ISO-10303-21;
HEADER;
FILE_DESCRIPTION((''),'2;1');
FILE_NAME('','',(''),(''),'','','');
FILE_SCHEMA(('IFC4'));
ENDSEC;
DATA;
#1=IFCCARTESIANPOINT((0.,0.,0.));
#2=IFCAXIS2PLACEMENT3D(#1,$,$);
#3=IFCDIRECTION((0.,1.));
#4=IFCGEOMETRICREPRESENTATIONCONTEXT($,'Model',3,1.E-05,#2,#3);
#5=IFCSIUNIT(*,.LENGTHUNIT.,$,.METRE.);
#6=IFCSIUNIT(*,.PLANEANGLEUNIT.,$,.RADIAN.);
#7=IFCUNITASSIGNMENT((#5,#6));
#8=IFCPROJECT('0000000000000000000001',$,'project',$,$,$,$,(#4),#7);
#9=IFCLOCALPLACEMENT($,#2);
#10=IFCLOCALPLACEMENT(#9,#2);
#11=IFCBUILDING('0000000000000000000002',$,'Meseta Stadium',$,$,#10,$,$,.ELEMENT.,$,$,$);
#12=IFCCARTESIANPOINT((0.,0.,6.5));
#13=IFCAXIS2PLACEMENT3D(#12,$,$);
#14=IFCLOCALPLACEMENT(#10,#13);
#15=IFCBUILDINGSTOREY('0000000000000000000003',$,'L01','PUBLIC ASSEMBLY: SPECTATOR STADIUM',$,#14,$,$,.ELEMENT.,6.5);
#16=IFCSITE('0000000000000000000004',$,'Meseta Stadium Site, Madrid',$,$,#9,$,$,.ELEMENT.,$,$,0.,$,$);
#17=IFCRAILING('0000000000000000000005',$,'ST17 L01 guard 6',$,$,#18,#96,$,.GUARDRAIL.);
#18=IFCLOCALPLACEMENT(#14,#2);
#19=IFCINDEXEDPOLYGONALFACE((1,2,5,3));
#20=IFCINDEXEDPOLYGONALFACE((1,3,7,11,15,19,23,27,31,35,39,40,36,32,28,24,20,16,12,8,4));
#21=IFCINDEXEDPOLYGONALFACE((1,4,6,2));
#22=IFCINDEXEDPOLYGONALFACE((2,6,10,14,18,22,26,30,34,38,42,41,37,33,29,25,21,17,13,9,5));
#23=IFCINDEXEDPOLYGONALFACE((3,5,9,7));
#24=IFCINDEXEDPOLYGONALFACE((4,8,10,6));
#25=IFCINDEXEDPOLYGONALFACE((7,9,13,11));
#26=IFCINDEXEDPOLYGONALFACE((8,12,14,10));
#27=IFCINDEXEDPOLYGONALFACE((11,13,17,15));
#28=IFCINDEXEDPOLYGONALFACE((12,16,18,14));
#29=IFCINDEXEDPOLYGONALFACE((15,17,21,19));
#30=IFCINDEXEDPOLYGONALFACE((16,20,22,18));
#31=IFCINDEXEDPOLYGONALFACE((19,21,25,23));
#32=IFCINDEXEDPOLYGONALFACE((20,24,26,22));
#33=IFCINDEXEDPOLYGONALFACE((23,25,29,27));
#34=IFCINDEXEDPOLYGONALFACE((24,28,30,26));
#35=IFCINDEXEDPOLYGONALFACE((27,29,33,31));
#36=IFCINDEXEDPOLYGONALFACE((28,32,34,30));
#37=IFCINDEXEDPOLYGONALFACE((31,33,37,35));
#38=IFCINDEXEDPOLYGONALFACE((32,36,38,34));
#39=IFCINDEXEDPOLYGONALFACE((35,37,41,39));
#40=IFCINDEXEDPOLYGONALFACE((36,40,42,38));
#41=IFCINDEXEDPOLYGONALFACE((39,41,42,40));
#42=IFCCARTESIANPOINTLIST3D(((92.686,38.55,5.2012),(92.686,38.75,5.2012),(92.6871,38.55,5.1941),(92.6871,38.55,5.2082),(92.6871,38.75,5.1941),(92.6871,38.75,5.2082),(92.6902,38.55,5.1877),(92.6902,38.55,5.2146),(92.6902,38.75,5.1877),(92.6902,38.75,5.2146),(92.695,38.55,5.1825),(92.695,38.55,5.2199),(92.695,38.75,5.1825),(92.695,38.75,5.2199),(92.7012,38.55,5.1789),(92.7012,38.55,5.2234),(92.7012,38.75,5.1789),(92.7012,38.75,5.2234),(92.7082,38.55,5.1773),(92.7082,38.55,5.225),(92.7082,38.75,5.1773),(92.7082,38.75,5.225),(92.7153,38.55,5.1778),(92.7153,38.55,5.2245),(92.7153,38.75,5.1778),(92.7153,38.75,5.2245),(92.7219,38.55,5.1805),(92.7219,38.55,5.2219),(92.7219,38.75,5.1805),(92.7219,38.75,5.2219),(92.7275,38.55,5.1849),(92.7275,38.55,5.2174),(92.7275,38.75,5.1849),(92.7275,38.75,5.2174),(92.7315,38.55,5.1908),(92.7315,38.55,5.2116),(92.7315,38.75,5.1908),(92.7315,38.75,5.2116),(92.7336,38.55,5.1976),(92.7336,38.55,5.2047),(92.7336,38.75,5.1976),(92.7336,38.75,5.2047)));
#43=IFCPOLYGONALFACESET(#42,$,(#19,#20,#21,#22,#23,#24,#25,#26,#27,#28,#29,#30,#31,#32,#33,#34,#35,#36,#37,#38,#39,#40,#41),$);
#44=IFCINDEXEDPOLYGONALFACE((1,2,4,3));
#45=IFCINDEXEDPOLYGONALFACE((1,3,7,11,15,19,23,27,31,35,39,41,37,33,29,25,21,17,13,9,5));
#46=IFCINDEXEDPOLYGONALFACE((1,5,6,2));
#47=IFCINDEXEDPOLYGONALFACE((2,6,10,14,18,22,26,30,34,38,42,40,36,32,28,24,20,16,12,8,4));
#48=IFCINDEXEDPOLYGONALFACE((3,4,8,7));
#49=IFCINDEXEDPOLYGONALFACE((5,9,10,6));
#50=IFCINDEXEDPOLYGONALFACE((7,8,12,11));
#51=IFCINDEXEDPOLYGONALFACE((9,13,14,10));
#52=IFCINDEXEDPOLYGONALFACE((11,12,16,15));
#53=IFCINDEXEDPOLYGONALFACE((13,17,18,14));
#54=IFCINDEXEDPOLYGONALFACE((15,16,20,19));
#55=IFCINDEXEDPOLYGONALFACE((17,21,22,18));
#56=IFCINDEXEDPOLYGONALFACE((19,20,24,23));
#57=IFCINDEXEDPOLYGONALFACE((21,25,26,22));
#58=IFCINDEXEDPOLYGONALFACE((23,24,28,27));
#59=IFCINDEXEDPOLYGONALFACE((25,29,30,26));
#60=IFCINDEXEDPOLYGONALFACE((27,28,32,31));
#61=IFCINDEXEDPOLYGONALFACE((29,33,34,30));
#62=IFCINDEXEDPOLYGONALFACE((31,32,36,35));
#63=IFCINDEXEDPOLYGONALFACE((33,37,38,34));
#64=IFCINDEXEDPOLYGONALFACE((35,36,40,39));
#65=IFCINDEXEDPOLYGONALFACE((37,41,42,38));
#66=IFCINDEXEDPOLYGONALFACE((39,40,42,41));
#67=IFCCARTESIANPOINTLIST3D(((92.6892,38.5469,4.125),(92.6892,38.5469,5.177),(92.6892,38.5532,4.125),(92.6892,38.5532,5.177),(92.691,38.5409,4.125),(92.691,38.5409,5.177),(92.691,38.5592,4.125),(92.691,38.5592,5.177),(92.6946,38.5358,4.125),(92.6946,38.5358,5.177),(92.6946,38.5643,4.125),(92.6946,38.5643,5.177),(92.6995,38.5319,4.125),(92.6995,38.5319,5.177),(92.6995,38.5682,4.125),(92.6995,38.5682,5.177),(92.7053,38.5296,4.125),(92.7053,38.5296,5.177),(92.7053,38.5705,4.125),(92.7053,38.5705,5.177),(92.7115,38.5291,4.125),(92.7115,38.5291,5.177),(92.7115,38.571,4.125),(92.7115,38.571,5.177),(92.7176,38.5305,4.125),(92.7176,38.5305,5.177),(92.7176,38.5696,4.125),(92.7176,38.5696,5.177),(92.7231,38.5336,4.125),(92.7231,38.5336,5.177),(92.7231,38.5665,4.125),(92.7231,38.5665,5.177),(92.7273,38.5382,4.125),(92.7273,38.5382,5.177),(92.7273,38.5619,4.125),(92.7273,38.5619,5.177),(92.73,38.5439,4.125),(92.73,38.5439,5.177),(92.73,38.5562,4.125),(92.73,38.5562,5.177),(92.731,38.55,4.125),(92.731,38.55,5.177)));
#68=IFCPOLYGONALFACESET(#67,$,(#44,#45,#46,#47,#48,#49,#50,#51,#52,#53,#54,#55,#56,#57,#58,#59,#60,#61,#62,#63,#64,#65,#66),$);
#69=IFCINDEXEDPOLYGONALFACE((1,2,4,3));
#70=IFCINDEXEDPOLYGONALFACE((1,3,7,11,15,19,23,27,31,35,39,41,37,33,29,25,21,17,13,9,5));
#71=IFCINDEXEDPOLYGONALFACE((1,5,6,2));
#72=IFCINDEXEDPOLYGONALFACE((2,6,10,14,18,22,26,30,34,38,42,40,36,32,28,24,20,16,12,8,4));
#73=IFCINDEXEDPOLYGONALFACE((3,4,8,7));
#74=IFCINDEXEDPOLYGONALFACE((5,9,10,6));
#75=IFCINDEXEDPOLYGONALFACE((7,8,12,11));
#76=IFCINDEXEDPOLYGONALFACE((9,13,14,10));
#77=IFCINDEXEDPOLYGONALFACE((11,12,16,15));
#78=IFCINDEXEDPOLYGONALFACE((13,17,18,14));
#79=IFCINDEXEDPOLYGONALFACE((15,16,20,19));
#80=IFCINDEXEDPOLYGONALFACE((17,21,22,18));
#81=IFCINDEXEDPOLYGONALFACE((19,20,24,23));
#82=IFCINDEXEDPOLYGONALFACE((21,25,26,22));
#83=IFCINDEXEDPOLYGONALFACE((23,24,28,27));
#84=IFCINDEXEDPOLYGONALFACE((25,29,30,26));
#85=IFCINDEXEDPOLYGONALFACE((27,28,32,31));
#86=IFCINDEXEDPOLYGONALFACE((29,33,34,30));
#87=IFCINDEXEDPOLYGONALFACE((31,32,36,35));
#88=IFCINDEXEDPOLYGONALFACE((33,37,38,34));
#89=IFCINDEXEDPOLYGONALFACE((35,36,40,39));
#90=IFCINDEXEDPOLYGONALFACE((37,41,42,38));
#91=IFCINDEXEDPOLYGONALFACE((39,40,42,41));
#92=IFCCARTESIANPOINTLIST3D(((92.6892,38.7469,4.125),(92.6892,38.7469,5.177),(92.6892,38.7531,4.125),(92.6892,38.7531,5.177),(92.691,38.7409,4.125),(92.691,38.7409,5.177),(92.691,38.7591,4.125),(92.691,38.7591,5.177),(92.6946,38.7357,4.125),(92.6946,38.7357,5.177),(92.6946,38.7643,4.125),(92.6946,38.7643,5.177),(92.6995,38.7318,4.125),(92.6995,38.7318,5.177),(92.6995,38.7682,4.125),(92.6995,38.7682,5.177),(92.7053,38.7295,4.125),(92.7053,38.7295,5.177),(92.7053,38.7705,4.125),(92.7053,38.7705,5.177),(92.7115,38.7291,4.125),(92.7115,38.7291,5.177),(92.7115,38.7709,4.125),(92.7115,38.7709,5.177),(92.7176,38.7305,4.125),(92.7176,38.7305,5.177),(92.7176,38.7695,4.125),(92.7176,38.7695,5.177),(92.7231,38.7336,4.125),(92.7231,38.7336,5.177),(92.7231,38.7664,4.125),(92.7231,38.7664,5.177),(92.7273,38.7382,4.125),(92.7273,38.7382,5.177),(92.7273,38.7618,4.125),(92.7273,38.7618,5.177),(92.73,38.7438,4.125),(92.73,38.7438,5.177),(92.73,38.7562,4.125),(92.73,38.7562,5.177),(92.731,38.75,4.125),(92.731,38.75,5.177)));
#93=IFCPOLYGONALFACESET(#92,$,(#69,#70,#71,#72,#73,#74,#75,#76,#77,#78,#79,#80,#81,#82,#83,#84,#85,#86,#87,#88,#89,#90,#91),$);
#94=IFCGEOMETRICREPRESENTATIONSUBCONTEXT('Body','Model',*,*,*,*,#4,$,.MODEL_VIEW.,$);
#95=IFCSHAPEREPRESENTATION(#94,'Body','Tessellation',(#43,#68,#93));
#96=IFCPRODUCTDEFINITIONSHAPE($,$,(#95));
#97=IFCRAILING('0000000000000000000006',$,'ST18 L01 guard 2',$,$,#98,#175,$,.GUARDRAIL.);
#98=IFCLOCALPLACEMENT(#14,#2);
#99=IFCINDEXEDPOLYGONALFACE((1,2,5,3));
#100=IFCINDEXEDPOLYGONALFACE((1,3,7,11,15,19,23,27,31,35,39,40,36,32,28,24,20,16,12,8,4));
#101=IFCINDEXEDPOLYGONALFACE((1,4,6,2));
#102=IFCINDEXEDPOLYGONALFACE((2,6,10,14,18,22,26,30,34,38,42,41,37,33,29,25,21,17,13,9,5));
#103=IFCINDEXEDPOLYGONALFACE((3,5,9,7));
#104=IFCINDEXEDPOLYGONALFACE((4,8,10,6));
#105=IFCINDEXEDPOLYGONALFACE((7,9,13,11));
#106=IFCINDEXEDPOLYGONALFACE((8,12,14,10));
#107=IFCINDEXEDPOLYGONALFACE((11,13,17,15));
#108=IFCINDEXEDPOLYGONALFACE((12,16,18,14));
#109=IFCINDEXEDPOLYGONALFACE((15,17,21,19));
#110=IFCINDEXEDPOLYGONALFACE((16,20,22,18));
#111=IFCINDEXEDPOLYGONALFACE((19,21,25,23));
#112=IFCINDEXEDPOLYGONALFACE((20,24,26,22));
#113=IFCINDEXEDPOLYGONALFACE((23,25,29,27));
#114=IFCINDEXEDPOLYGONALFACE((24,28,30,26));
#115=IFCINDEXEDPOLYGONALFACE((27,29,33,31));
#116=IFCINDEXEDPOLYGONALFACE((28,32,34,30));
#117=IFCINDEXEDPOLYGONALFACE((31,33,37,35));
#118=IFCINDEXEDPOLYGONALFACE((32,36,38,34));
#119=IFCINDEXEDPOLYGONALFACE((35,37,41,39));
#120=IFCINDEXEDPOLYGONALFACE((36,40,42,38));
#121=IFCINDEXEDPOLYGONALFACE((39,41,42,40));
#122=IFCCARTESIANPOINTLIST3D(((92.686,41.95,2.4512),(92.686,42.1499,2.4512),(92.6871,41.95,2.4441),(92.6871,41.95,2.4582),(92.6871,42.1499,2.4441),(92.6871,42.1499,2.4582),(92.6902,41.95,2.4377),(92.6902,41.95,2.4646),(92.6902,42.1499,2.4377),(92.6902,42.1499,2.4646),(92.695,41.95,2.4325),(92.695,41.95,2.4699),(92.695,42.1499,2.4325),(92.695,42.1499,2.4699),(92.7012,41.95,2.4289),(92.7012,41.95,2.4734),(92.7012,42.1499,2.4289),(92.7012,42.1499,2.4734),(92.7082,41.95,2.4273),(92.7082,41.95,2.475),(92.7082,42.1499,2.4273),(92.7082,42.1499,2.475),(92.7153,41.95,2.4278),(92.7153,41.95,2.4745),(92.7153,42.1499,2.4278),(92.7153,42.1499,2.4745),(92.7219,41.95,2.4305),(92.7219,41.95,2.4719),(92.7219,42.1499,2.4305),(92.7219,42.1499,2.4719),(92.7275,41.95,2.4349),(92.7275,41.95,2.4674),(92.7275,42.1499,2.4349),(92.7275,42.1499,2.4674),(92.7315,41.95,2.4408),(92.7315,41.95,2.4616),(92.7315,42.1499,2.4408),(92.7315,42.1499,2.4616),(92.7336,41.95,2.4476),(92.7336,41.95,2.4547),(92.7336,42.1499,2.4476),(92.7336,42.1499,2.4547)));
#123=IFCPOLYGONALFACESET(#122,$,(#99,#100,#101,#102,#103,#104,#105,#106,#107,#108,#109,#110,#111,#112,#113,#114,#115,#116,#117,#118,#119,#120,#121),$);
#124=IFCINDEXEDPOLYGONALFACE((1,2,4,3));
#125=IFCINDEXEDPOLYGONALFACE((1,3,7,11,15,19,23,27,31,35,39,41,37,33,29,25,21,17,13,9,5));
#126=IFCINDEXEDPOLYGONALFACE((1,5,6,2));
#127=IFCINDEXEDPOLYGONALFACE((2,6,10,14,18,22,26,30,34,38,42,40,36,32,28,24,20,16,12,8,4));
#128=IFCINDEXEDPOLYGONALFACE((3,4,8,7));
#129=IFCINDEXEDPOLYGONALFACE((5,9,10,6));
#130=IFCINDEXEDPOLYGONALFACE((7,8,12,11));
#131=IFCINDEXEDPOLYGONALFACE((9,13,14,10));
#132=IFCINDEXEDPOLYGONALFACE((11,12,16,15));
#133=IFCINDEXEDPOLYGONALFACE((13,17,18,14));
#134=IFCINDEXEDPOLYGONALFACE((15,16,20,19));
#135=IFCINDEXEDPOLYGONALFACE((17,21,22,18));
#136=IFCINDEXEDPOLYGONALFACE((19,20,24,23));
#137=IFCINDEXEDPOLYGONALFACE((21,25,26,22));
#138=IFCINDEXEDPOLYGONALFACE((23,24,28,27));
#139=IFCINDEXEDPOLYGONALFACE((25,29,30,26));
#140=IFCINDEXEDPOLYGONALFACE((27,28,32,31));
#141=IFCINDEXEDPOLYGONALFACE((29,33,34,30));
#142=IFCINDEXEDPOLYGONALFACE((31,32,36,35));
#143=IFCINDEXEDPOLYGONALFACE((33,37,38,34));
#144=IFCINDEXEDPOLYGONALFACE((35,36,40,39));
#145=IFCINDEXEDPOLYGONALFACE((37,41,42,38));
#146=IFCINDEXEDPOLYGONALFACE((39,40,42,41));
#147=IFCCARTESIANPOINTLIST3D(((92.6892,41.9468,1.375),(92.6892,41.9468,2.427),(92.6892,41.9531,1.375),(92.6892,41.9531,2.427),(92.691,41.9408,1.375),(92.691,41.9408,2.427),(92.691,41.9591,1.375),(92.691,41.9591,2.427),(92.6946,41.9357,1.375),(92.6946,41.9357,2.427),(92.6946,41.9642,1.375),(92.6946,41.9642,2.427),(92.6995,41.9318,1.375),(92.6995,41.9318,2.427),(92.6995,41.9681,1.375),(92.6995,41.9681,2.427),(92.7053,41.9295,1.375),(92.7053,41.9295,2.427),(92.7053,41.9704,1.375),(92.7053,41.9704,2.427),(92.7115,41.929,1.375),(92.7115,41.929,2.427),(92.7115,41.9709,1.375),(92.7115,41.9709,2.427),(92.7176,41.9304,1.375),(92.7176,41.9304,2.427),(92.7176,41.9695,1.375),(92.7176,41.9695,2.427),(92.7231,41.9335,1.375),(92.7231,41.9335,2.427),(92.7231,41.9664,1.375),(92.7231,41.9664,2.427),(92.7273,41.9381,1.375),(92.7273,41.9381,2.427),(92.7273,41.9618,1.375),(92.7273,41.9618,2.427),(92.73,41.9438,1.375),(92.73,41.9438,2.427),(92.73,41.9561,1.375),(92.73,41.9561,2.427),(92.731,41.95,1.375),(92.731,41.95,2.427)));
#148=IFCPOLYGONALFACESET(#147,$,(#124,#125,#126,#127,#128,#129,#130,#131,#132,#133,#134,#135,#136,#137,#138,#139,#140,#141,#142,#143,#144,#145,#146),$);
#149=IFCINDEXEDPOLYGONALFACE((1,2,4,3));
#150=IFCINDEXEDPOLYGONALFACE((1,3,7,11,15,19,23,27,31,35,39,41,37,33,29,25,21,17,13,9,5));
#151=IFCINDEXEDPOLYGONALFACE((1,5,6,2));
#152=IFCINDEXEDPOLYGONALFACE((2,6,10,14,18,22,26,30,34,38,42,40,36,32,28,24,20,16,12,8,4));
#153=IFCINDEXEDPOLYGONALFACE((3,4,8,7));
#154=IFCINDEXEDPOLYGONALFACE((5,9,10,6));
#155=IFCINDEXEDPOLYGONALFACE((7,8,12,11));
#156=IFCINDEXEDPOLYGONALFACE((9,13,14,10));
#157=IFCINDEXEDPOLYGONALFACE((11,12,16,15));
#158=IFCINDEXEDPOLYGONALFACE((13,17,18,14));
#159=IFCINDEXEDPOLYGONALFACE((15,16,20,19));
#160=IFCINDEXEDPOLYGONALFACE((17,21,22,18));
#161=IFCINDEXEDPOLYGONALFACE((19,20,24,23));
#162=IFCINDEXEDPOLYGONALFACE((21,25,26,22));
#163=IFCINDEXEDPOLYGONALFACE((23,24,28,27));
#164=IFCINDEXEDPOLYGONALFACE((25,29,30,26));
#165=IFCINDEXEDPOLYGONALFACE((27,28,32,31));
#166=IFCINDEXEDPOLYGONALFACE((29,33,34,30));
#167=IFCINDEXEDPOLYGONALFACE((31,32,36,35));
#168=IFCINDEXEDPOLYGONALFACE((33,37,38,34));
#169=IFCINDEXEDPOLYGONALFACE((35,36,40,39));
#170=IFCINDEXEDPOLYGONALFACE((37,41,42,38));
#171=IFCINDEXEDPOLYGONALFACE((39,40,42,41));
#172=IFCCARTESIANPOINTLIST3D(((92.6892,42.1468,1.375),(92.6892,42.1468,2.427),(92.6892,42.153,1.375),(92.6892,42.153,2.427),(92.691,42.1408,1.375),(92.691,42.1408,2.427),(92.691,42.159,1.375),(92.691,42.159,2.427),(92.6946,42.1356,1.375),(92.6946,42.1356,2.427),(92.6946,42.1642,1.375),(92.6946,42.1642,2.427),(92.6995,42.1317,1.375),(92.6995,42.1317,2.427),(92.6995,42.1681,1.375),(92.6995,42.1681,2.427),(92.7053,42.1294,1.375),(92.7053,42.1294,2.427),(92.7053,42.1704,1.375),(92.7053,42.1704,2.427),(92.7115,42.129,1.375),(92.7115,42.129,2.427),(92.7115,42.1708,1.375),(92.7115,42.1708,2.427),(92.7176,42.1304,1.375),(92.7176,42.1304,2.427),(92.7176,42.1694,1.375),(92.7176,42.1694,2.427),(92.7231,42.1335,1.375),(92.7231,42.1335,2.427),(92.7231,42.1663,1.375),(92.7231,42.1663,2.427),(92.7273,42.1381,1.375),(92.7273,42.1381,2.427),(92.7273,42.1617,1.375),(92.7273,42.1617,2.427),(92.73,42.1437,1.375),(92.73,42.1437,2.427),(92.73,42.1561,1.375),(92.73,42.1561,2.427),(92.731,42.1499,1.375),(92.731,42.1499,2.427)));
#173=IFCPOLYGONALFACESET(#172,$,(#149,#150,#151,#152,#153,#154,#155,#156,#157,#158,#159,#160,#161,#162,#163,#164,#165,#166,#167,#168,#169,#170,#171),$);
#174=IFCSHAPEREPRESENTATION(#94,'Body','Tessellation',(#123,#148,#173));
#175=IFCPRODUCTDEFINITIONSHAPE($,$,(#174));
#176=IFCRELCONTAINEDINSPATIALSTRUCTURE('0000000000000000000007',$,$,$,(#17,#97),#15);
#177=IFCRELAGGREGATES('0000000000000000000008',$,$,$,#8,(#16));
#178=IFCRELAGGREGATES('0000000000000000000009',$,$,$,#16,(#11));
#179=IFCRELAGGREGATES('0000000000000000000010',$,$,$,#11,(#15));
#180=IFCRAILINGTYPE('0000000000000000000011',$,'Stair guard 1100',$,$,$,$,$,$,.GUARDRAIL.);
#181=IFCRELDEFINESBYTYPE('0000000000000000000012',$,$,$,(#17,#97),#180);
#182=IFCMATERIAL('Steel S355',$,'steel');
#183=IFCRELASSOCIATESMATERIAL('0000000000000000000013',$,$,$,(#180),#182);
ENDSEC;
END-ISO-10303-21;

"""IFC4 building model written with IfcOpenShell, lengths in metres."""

from ifc_helpers import new_model, si_unit, direction, frame, origin, origin_2d, place, context, subcontext, project, spatial, circle, extrude, material, type_object, element, save


model = new_model("IFC4")

# Units and contexts
model_context = context("Model", 3, precision=1e-05, world=origin(), true_north=direction((0.0, 1.0)))
body_context = subcontext(model_context, "Body", "Model", "MODEL_VIEW")
ifc_project = project(units=[si_unit("LENGTHUNIT", "METRE"), si_unit("PLANEANGLEUNIT", "RADIAN")], contexts=[model_context])

# Site, building, storey
site_placement = place(None, origin())
site = spatial("IfcSite", under=ifc_project, at=site_placement, Name="Meseta Stadium Site, Madrid", CompositionType="ELEMENT", RefElevation=0.0)
building_placement = place(site_placement, origin())
building = spatial("IfcBuilding", under=site, at=building_placement, Name="Meseta Stadium", CompositionType="ELEMENT")
storey_placement = place(building_placement, frame((0.0, 0.0, 6.5)))
storey = spatial("IfcBuildingStorey", under=building, at=storey_placement, Name="L01", Description="PUBLIC ASSEMBLY: SPECTATOR STADIUM", CompositionType="ELEMENT", Elevation=6.5)

# Railings
ifc_material_1 = material(Name="Steel S355", Category="steel")
railing_type_1 = type_object("IfcRailingType", Name="Stair guard 1100", PredefinedType="GUARDRAIL", material=ifc_material_1)
for number, where, name in (
    (1, (92.71, 38.55, 4.125), "ST17 L01 guard 6"),
    (2, (92.71, 41.95, 1.375), "ST18 L01 guard 2"),
):
    element("IfcRailing", number, at=place(storey_placement, frame(where)), inside=storey, type_object=railing_type_1, Name=name, PredefinedType="GUARDRAIL", context=body_context, shape_type="SweptSolid", body=[
        extrude(circle(Radius=0.0239, at=origin_2d()), frame((0.0, 0.0, 1.0762), z_axis=(0.0, 1.0, 0.0), x_axis=(-1.0, 0.0, 0.0)), (0.0, 0.0, 1.0), 0.2),
        extrude(circle(Radius=0.021, at=origin_2d()), origin(), (0.0, 0.0, 1.0), 1.052),
        extrude(circle(Radius=0.021, at=origin_2d()), frame((0.0, 0.2, 0.0)), (0.0, 0.0, 1.0), 1.052),
    ])

save(model, "model.ifc")
